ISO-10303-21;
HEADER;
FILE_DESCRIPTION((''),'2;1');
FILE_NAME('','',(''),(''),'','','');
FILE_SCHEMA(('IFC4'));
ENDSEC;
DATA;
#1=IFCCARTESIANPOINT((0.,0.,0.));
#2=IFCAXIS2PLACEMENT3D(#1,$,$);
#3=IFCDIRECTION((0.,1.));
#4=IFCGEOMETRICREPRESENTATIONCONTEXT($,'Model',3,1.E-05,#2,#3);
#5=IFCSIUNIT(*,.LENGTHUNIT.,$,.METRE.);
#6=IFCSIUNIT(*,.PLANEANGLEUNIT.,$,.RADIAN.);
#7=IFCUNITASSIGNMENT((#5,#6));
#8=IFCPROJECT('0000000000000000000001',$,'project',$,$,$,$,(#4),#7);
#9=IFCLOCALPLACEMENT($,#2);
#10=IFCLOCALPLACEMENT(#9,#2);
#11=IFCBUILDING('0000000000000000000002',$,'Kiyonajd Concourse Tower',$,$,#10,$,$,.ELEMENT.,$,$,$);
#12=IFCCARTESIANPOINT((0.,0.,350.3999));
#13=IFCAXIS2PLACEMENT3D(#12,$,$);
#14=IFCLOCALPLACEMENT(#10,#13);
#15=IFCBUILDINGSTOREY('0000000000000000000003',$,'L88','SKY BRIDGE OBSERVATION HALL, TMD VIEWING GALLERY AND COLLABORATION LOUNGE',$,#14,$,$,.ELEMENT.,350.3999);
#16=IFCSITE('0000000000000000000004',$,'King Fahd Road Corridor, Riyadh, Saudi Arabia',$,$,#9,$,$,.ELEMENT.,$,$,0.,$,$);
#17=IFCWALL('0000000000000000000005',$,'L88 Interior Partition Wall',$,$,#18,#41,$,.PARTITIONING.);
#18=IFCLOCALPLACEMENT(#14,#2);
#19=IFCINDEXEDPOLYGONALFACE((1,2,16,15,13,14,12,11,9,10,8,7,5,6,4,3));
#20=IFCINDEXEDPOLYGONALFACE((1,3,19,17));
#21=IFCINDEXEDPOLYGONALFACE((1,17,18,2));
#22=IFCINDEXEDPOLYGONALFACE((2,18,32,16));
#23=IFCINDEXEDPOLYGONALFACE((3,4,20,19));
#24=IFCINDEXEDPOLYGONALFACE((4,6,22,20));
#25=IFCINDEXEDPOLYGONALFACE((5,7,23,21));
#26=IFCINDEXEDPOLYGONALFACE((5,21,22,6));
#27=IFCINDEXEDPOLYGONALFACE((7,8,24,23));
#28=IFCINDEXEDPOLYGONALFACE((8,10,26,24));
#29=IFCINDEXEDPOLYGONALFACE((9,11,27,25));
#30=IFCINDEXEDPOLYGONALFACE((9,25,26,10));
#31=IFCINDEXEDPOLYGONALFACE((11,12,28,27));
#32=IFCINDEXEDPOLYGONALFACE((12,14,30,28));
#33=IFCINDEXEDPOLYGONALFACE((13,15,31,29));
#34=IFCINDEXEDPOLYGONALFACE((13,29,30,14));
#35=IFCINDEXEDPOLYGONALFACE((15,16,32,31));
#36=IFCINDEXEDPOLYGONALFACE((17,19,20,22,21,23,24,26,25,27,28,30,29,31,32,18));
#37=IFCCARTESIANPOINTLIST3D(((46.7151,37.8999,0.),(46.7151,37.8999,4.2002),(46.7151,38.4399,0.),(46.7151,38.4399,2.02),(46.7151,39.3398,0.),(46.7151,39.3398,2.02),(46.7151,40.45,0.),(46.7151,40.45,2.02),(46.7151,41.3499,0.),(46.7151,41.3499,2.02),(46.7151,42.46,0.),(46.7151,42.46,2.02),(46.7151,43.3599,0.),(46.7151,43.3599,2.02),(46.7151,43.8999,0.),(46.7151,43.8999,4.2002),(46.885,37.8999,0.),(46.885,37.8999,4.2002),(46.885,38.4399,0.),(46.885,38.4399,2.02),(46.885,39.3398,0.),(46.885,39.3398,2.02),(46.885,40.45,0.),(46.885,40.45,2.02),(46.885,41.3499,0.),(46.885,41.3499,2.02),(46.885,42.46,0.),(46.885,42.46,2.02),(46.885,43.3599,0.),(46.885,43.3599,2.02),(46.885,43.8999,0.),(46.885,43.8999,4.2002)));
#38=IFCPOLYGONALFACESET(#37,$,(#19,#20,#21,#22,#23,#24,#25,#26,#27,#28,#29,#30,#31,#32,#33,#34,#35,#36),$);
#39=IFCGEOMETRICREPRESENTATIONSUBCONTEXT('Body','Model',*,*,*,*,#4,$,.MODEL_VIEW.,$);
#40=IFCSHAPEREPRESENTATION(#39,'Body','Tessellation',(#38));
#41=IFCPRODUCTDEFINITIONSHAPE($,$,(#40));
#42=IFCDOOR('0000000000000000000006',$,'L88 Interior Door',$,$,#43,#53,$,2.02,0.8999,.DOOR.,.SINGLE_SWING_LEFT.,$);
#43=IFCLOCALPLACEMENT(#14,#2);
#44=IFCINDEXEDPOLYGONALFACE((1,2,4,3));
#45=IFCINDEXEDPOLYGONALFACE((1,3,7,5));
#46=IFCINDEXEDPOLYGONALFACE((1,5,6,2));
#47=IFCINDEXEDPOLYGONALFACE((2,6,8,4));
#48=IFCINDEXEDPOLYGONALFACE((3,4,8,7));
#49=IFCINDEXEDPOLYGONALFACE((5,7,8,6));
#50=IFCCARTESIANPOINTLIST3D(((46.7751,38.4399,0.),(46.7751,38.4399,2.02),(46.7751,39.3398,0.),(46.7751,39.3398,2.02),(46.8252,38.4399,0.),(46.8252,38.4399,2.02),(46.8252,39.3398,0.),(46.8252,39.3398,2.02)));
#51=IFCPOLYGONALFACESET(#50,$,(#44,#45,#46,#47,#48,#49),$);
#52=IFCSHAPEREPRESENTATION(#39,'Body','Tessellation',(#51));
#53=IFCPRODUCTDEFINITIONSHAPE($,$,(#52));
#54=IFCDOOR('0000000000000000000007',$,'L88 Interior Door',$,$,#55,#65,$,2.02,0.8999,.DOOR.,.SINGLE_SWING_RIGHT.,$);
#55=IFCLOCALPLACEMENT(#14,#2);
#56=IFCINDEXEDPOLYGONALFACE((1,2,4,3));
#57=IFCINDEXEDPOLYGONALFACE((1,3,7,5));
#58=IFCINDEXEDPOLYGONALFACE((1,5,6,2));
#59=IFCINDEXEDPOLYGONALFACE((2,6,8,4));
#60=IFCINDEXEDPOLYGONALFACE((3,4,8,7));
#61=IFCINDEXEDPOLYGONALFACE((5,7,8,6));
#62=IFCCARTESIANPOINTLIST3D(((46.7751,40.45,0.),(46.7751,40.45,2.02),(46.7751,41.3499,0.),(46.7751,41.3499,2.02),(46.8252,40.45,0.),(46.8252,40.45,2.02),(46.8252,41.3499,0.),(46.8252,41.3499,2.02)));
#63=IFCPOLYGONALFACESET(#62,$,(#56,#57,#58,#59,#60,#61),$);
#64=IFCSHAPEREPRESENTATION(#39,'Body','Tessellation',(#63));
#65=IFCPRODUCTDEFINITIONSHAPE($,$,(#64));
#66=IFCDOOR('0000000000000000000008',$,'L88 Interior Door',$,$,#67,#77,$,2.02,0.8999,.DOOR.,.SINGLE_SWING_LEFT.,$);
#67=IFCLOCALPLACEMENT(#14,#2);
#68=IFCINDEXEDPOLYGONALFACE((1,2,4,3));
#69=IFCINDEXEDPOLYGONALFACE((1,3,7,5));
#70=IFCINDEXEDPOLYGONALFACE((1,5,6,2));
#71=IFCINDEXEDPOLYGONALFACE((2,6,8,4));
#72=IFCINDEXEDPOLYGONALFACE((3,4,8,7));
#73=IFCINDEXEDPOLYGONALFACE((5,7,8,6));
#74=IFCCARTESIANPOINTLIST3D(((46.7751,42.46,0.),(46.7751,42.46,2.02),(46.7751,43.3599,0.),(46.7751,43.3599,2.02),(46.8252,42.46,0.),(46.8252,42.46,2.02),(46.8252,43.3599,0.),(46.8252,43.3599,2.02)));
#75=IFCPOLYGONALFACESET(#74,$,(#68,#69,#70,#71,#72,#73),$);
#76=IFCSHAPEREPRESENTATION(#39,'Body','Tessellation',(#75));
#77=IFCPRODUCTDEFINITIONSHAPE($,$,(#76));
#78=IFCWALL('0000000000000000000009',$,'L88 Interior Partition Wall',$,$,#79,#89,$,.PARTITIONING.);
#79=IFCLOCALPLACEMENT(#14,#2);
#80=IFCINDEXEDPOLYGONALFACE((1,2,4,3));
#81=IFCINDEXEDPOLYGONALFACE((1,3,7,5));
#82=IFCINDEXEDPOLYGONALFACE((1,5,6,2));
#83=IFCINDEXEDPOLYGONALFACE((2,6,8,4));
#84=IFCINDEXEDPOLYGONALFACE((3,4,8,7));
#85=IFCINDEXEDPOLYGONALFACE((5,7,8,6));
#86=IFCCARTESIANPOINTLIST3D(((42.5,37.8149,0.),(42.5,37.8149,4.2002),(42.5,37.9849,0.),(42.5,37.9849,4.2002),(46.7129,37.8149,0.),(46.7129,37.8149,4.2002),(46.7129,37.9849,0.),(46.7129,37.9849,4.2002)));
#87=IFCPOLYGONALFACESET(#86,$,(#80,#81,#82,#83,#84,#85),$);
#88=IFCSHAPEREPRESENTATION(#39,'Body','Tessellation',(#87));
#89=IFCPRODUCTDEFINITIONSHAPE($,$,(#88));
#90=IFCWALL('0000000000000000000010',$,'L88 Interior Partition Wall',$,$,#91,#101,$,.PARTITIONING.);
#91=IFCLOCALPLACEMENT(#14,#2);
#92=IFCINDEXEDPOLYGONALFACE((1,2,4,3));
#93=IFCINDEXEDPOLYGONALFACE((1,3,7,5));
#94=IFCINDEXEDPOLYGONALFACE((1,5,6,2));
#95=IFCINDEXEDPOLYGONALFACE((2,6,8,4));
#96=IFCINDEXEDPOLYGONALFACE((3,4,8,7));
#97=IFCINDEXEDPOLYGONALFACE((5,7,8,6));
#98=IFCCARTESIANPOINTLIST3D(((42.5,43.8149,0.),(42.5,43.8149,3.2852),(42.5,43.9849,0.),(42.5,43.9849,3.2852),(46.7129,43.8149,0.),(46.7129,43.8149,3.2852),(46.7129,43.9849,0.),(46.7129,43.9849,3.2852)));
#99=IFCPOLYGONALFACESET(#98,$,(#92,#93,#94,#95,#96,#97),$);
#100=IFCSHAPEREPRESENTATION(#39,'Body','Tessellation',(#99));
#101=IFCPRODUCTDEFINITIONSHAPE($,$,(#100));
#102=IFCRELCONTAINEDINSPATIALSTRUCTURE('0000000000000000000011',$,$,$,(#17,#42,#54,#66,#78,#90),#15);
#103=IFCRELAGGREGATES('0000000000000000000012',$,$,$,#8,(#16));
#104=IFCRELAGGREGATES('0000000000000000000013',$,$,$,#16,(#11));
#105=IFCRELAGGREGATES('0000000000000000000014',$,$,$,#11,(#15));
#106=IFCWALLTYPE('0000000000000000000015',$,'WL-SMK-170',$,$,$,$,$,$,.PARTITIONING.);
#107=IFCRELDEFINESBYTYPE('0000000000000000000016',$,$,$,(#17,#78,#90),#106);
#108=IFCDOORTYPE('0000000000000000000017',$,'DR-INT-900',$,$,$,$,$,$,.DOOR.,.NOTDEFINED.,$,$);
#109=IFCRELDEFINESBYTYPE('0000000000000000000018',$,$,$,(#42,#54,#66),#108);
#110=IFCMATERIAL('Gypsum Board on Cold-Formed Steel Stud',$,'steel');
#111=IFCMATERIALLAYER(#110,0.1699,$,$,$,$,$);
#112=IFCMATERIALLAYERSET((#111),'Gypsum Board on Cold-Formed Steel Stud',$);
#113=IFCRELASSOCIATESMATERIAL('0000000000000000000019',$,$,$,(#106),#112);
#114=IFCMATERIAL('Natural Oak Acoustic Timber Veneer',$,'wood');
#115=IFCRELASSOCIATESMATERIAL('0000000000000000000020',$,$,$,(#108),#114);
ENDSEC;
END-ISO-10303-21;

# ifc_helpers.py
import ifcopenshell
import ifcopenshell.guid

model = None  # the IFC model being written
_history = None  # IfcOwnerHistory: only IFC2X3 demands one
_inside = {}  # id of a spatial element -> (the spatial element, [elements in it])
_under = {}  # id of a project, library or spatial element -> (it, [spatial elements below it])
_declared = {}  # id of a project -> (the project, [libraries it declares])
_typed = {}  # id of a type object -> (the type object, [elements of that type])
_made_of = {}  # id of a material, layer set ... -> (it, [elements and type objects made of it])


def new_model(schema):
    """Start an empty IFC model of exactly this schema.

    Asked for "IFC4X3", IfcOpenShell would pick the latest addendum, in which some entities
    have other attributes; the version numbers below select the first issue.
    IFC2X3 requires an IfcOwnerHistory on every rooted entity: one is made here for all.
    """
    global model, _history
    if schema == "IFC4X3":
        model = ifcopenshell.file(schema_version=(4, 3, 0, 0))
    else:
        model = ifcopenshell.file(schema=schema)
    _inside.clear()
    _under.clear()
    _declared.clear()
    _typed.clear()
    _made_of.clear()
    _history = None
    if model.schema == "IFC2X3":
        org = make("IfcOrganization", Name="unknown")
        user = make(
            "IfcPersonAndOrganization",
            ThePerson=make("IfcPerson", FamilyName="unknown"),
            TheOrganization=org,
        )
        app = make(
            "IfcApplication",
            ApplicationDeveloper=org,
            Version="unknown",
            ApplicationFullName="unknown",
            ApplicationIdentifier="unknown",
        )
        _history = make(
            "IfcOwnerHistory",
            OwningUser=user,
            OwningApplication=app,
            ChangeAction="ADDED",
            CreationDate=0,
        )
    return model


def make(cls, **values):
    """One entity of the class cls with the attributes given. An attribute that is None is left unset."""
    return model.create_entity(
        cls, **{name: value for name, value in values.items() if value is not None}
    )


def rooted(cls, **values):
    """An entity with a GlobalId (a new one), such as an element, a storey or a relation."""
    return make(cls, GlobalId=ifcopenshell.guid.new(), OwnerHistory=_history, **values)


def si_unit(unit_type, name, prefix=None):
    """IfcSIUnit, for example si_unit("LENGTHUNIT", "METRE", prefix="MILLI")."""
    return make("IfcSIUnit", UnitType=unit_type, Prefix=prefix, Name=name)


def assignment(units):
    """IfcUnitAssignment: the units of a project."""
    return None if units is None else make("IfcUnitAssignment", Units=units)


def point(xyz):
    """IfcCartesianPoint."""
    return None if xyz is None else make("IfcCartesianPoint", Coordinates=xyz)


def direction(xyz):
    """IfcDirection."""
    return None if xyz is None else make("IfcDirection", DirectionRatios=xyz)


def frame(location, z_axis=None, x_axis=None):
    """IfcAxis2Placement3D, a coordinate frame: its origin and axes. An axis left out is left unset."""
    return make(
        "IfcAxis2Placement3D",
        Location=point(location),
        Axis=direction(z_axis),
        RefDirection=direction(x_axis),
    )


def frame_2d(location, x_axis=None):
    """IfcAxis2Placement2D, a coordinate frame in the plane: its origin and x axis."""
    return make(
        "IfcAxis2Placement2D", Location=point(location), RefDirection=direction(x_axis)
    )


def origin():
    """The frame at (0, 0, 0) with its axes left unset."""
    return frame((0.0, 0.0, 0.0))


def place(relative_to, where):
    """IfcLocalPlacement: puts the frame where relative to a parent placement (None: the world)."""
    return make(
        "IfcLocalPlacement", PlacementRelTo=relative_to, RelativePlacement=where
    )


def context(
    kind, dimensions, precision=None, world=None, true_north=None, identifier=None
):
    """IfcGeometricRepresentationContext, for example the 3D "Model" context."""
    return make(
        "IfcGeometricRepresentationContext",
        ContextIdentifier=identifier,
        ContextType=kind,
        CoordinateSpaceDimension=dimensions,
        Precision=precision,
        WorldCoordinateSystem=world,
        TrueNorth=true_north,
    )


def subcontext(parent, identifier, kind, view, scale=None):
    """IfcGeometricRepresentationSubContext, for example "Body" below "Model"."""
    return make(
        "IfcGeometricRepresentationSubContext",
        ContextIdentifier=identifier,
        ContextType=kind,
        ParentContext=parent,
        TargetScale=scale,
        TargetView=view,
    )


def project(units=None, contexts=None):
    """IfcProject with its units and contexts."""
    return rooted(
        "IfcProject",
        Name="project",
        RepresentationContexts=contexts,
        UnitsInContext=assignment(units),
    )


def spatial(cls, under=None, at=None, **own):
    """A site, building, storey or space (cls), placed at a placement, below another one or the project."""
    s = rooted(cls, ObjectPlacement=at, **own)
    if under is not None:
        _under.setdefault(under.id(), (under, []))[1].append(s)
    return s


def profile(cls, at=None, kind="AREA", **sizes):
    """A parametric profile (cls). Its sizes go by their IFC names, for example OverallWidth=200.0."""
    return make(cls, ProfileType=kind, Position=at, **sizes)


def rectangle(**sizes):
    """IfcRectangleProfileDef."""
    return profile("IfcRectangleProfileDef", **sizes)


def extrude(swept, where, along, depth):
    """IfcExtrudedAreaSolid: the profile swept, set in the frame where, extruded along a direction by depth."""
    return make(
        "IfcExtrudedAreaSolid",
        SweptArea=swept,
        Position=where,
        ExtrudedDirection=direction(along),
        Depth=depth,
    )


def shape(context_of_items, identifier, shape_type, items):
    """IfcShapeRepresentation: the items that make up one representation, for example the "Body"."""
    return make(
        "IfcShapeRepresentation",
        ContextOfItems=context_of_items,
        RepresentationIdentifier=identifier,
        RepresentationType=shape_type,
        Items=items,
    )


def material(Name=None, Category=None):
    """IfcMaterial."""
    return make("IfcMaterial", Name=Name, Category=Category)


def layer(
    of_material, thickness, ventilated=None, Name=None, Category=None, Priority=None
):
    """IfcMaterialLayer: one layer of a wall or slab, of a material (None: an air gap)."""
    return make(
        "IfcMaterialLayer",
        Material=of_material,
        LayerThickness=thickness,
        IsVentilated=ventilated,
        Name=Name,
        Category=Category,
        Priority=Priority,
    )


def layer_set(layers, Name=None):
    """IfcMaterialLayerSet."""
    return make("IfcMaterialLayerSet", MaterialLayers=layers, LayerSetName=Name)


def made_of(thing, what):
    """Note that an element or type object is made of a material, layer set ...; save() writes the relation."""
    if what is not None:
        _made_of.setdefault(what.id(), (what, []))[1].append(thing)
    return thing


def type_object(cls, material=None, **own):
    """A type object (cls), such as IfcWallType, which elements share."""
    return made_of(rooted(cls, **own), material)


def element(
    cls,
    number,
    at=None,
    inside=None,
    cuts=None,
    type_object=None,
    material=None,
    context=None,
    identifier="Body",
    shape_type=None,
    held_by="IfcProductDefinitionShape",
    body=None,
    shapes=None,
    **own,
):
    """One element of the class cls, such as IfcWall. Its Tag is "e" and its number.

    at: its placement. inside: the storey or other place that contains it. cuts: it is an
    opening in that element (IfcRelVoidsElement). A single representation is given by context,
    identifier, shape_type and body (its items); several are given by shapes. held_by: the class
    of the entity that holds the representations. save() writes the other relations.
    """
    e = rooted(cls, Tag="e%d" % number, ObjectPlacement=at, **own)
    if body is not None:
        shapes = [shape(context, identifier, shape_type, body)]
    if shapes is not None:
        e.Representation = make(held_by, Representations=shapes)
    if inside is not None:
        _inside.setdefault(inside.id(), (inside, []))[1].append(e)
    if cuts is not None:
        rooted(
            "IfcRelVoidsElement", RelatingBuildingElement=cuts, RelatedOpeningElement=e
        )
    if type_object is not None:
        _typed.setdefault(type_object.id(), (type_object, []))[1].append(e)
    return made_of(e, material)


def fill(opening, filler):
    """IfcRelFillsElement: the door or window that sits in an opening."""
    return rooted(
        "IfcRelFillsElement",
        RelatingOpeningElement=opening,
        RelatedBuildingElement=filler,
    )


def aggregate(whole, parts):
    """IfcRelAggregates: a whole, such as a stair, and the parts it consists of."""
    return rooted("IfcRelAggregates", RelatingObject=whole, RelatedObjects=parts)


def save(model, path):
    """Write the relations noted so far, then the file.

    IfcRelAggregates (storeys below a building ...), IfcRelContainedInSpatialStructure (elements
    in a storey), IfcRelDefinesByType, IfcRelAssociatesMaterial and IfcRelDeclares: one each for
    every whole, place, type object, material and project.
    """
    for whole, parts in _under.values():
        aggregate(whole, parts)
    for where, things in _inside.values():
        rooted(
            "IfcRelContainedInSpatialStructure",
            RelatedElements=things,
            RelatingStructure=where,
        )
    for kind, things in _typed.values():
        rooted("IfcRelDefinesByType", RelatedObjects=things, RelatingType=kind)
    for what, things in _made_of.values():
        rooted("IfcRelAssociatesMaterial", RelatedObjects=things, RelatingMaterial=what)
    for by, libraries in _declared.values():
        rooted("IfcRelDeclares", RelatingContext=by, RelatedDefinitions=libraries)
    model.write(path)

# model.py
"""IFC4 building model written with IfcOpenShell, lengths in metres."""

from ifc_helpers import new_model, si_unit, direction, frame, frame_2d, origin, place, context, subcontext, project, spatial, rectangle, extrude, material, layer, layer_set, type_object, element, fill, save


model = new_model("IFC4")

# Units and contexts
model_context = context("Model", 3, precision=1e-05, world=origin(), true_north=direction((0.0, 1.0)))
body_context = subcontext(model_context, "Body", "Model", "MODEL_VIEW")
ifc_project = project(units=[si_unit("LENGTHUNIT", "METRE"), si_unit("PLANEANGLEUNIT", "RADIAN")], contexts=[model_context])

# Site, building, storey
site_placement = place(None, origin())
site = spatial("IfcSite", under=ifc_project, at=site_placement, Name="King Fahd Road Corridor, Riyadh, Saudi Arabia", CompositionType="ELEMENT", RefElevation=0.0)
building_placement = place(site_placement, origin())
building = spatial("IfcBuilding", under=site, at=building_placement, Name="Kiyonajd Concourse Tower", CompositionType="ELEMENT")
storey_placement = place(building_placement, frame((0.0, 0.0, 350.3999)))
storey = spatial("IfcBuildingStorey", under=building, at=storey_placement, Name="L88", Description="SKY BRIDGE OBSERVATION HALL, TMD VIEWING GALLERY AND COLLABORATION LOUNGE", CompositionType="ELEMENT", Elevation=350.3999)

# Shared definitions
ifc_material_1 = material(Name="Gypsum Board on Cold-Formed Steel Stud", Category="steel")
ifc_layer_1 = layer(ifc_material_1, 0.1699)
ifc_layer_set_1 = layer_set([ifc_layer_1], Name="Gypsum Board on Cold-Formed Steel Stud")
wall_type_1 = type_object("IfcWallType", Name="WL-SMK-170", PredefinedType="PARTITIONING", material=ifc_layer_set_1)

# Wall, openings, doors
wall_1_placement = place(storey_placement, frame((46.8, 37.8999, 0.0), z_axis=(0.0, 0.0, 1.0), x_axis=(0.0, 1.0, 0.0)))
wall_1 = element("IfcWall", 1, at=wall_1_placement, inside=storey, type_object=wall_type_1, Name="L88 Interior Partition Wall", PredefinedType="PARTITIONING", context=body_context, shape_type="SweptSolid", body=[
    extrude(rectangle(XDim=6.0, YDim=0.1699, at=frame_2d((3.0, 0.0))), origin(), (0.0, 0.0, 1.0), 4.2002),
])
opening_1_placement = place(wall_1_placement, frame((0.54, 0.0, 0.0)))
opening_1 = element("IfcOpeningElement", 2, at=opening_1_placement, cuts=wall_1, PredefinedType="OPENING", context=body_context, shape_type="SweptSolid", body=[
    extrude(rectangle(XDim=0.8999, YDim=2.02, at=frame_2d((0.45, 1.01))), frame((0.0, 0.095, 0.0), z_axis=(0.0, -1.0, 0.0), x_axis=(1.0, 0.0, 0.0)), (0.0, 0.0, 1.0), 0.1899),
])
opening_2_placement = place(wall_1_placement, frame((2.55, 0.0, 0.0)))
opening_2 = element("IfcOpeningElement", 3, at=opening_2_placement, cuts=wall_1, PredefinedType="OPENING", context=body_context, shape_type="SweptSolid", body=[
    extrude(rectangle(XDim=0.8999, YDim=2.02, at=frame_2d((0.45, 1.01))), frame((0.0, 0.095, 0.0), z_axis=(0.0, -1.0, 0.0), x_axis=(1.0, 0.0, 0.0)), (0.0, 0.0, 1.0), 0.1899),
])
opening_3_placement = place(wall_1_placement, frame((4.5601, 0.0, 0.0)))
opening_3 = element("IfcOpeningElement", 4, at=opening_3_placement, cuts=wall_1, PredefinedType="OPENING", context=body_context, shape_type="SweptSolid", body=[
    extrude(rectangle(XDim=0.8999, YDim=2.02, at=frame_2d((0.45, 1.01))), frame((0.0, 0.095, 0.0), z_axis=(0.0, -1.0, 0.0), x_axis=(1.0, 0.0, 0.0)), (0.0, 0.0, 1.0), 0.1899),
])
ifc_material_2 = material(Name="Natural Oak Acoustic Timber Veneer", Category="wood")
door_type = type_object("IfcDoorType", Name="DR-INT-900", OperationType="NOTDEFINED", PredefinedType="DOOR", material=ifc_material_2)
door_1_placement = place(opening_1_placement, origin())
door_1 = element("IfcDoor", 5, at=door_1_placement, inside=storey, type_object=door_type, Name="L88 Interior Door", OperationType="SINGLE_SWING_LEFT", OverallHeight=2.02, OverallWidth=0.8999, PredefinedType="DOOR", context=body_context, shape_type="SweptSolid", body=[
    extrude(rectangle(XDim=0.8999, YDim=2.02, at=frame_2d((0.45, 1.01))), frame((0.0, 0.0249, 0.0), z_axis=(0.0, -1.0, 0.0), x_axis=(1.0, 0.0, 0.0)), (0.0, 0.0, 1.0), 0.05),
])
fill(opening_1, door_1)
door_2_placement = place(opening_2_placement, origin())
door_2 = element("IfcDoor", 6, at=door_2_placement, inside=storey, type_object=door_type, Name="L88 Interior Door", OperationType="SINGLE_SWING_RIGHT", OverallHeight=2.02, OverallWidth=0.8999, PredefinedType="DOOR", context=body_context, shape_type="SweptSolid", body=[
    extrude(rectangle(XDim=0.8999, YDim=2.02, at=frame_2d((0.45, 1.01))), frame((0.0, 0.0249, 0.0), z_axis=(0.0, -1.0, 0.0), x_axis=(1.0, 0.0, 0.0)), (0.0, 0.0, 1.0), 0.05),
])
fill(opening_2, door_2)
door_3_placement = place(opening_3_placement, origin())
door_3 = element("IfcDoor", 7, at=door_3_placement, inside=storey, type_object=door_type, Name="L88 Interior Door", OperationType="SINGLE_SWING_LEFT", OverallHeight=2.02, OverallWidth=0.8999, PredefinedType="DOOR", context=body_context, shape_type="SweptSolid", body=[
    extrude(rectangle(XDim=0.8999, YDim=2.02, at=frame_2d((0.45, 1.01))), frame((0.0, 0.0249, 0.0), z_axis=(0.0, -1.0, 0.0), x_axis=(1.0, 0.0, 0.0)), (0.0, 0.0, 1.0), 0.05),
])
fill(opening_3, door_3)

# Walls
wall_2_placement = place(storey_placement, frame((42.5, 37.8999, 0.0), z_axis=(0.0, 0.0, 1.0), x_axis=(1.0, 0.0, 0.0)))
element("IfcWall", 8, at=wall_2_placement, inside=storey, type_object=wall_type_1, Name="L88 Interior Partition Wall", PredefinedType="PARTITIONING", context=body_context, shape_type="SweptSolid", body=[
    extrude(rectangle(XDim=4.2129, YDim=0.1699, at=frame_2d((2.1064, 0.0))), origin(), (0.0, 0.0, 1.0), 4.2002),
])
wall_3_placement = place(storey_placement, frame((42.5, 43.8999, 0.0), z_axis=(0.0, 0.0, 1.0), x_axis=(1.0, 0.0, 0.0)))
element("IfcWall", 9, at=wall_3_placement, inside=storey, type_object=wall_type_1, Name="L88 Interior Partition Wall", PredefinedType="PARTITIONING", context=body_context, shape_type="SweptSolid", body=[
    extrude(rectangle(XDim=4.2129, YDim=0.1699, at=frame_2d((2.1064, 0.0))), origin(), (0.0, 0.0, 1.0), 3.2852),
])

save(model, "model.ifc")
